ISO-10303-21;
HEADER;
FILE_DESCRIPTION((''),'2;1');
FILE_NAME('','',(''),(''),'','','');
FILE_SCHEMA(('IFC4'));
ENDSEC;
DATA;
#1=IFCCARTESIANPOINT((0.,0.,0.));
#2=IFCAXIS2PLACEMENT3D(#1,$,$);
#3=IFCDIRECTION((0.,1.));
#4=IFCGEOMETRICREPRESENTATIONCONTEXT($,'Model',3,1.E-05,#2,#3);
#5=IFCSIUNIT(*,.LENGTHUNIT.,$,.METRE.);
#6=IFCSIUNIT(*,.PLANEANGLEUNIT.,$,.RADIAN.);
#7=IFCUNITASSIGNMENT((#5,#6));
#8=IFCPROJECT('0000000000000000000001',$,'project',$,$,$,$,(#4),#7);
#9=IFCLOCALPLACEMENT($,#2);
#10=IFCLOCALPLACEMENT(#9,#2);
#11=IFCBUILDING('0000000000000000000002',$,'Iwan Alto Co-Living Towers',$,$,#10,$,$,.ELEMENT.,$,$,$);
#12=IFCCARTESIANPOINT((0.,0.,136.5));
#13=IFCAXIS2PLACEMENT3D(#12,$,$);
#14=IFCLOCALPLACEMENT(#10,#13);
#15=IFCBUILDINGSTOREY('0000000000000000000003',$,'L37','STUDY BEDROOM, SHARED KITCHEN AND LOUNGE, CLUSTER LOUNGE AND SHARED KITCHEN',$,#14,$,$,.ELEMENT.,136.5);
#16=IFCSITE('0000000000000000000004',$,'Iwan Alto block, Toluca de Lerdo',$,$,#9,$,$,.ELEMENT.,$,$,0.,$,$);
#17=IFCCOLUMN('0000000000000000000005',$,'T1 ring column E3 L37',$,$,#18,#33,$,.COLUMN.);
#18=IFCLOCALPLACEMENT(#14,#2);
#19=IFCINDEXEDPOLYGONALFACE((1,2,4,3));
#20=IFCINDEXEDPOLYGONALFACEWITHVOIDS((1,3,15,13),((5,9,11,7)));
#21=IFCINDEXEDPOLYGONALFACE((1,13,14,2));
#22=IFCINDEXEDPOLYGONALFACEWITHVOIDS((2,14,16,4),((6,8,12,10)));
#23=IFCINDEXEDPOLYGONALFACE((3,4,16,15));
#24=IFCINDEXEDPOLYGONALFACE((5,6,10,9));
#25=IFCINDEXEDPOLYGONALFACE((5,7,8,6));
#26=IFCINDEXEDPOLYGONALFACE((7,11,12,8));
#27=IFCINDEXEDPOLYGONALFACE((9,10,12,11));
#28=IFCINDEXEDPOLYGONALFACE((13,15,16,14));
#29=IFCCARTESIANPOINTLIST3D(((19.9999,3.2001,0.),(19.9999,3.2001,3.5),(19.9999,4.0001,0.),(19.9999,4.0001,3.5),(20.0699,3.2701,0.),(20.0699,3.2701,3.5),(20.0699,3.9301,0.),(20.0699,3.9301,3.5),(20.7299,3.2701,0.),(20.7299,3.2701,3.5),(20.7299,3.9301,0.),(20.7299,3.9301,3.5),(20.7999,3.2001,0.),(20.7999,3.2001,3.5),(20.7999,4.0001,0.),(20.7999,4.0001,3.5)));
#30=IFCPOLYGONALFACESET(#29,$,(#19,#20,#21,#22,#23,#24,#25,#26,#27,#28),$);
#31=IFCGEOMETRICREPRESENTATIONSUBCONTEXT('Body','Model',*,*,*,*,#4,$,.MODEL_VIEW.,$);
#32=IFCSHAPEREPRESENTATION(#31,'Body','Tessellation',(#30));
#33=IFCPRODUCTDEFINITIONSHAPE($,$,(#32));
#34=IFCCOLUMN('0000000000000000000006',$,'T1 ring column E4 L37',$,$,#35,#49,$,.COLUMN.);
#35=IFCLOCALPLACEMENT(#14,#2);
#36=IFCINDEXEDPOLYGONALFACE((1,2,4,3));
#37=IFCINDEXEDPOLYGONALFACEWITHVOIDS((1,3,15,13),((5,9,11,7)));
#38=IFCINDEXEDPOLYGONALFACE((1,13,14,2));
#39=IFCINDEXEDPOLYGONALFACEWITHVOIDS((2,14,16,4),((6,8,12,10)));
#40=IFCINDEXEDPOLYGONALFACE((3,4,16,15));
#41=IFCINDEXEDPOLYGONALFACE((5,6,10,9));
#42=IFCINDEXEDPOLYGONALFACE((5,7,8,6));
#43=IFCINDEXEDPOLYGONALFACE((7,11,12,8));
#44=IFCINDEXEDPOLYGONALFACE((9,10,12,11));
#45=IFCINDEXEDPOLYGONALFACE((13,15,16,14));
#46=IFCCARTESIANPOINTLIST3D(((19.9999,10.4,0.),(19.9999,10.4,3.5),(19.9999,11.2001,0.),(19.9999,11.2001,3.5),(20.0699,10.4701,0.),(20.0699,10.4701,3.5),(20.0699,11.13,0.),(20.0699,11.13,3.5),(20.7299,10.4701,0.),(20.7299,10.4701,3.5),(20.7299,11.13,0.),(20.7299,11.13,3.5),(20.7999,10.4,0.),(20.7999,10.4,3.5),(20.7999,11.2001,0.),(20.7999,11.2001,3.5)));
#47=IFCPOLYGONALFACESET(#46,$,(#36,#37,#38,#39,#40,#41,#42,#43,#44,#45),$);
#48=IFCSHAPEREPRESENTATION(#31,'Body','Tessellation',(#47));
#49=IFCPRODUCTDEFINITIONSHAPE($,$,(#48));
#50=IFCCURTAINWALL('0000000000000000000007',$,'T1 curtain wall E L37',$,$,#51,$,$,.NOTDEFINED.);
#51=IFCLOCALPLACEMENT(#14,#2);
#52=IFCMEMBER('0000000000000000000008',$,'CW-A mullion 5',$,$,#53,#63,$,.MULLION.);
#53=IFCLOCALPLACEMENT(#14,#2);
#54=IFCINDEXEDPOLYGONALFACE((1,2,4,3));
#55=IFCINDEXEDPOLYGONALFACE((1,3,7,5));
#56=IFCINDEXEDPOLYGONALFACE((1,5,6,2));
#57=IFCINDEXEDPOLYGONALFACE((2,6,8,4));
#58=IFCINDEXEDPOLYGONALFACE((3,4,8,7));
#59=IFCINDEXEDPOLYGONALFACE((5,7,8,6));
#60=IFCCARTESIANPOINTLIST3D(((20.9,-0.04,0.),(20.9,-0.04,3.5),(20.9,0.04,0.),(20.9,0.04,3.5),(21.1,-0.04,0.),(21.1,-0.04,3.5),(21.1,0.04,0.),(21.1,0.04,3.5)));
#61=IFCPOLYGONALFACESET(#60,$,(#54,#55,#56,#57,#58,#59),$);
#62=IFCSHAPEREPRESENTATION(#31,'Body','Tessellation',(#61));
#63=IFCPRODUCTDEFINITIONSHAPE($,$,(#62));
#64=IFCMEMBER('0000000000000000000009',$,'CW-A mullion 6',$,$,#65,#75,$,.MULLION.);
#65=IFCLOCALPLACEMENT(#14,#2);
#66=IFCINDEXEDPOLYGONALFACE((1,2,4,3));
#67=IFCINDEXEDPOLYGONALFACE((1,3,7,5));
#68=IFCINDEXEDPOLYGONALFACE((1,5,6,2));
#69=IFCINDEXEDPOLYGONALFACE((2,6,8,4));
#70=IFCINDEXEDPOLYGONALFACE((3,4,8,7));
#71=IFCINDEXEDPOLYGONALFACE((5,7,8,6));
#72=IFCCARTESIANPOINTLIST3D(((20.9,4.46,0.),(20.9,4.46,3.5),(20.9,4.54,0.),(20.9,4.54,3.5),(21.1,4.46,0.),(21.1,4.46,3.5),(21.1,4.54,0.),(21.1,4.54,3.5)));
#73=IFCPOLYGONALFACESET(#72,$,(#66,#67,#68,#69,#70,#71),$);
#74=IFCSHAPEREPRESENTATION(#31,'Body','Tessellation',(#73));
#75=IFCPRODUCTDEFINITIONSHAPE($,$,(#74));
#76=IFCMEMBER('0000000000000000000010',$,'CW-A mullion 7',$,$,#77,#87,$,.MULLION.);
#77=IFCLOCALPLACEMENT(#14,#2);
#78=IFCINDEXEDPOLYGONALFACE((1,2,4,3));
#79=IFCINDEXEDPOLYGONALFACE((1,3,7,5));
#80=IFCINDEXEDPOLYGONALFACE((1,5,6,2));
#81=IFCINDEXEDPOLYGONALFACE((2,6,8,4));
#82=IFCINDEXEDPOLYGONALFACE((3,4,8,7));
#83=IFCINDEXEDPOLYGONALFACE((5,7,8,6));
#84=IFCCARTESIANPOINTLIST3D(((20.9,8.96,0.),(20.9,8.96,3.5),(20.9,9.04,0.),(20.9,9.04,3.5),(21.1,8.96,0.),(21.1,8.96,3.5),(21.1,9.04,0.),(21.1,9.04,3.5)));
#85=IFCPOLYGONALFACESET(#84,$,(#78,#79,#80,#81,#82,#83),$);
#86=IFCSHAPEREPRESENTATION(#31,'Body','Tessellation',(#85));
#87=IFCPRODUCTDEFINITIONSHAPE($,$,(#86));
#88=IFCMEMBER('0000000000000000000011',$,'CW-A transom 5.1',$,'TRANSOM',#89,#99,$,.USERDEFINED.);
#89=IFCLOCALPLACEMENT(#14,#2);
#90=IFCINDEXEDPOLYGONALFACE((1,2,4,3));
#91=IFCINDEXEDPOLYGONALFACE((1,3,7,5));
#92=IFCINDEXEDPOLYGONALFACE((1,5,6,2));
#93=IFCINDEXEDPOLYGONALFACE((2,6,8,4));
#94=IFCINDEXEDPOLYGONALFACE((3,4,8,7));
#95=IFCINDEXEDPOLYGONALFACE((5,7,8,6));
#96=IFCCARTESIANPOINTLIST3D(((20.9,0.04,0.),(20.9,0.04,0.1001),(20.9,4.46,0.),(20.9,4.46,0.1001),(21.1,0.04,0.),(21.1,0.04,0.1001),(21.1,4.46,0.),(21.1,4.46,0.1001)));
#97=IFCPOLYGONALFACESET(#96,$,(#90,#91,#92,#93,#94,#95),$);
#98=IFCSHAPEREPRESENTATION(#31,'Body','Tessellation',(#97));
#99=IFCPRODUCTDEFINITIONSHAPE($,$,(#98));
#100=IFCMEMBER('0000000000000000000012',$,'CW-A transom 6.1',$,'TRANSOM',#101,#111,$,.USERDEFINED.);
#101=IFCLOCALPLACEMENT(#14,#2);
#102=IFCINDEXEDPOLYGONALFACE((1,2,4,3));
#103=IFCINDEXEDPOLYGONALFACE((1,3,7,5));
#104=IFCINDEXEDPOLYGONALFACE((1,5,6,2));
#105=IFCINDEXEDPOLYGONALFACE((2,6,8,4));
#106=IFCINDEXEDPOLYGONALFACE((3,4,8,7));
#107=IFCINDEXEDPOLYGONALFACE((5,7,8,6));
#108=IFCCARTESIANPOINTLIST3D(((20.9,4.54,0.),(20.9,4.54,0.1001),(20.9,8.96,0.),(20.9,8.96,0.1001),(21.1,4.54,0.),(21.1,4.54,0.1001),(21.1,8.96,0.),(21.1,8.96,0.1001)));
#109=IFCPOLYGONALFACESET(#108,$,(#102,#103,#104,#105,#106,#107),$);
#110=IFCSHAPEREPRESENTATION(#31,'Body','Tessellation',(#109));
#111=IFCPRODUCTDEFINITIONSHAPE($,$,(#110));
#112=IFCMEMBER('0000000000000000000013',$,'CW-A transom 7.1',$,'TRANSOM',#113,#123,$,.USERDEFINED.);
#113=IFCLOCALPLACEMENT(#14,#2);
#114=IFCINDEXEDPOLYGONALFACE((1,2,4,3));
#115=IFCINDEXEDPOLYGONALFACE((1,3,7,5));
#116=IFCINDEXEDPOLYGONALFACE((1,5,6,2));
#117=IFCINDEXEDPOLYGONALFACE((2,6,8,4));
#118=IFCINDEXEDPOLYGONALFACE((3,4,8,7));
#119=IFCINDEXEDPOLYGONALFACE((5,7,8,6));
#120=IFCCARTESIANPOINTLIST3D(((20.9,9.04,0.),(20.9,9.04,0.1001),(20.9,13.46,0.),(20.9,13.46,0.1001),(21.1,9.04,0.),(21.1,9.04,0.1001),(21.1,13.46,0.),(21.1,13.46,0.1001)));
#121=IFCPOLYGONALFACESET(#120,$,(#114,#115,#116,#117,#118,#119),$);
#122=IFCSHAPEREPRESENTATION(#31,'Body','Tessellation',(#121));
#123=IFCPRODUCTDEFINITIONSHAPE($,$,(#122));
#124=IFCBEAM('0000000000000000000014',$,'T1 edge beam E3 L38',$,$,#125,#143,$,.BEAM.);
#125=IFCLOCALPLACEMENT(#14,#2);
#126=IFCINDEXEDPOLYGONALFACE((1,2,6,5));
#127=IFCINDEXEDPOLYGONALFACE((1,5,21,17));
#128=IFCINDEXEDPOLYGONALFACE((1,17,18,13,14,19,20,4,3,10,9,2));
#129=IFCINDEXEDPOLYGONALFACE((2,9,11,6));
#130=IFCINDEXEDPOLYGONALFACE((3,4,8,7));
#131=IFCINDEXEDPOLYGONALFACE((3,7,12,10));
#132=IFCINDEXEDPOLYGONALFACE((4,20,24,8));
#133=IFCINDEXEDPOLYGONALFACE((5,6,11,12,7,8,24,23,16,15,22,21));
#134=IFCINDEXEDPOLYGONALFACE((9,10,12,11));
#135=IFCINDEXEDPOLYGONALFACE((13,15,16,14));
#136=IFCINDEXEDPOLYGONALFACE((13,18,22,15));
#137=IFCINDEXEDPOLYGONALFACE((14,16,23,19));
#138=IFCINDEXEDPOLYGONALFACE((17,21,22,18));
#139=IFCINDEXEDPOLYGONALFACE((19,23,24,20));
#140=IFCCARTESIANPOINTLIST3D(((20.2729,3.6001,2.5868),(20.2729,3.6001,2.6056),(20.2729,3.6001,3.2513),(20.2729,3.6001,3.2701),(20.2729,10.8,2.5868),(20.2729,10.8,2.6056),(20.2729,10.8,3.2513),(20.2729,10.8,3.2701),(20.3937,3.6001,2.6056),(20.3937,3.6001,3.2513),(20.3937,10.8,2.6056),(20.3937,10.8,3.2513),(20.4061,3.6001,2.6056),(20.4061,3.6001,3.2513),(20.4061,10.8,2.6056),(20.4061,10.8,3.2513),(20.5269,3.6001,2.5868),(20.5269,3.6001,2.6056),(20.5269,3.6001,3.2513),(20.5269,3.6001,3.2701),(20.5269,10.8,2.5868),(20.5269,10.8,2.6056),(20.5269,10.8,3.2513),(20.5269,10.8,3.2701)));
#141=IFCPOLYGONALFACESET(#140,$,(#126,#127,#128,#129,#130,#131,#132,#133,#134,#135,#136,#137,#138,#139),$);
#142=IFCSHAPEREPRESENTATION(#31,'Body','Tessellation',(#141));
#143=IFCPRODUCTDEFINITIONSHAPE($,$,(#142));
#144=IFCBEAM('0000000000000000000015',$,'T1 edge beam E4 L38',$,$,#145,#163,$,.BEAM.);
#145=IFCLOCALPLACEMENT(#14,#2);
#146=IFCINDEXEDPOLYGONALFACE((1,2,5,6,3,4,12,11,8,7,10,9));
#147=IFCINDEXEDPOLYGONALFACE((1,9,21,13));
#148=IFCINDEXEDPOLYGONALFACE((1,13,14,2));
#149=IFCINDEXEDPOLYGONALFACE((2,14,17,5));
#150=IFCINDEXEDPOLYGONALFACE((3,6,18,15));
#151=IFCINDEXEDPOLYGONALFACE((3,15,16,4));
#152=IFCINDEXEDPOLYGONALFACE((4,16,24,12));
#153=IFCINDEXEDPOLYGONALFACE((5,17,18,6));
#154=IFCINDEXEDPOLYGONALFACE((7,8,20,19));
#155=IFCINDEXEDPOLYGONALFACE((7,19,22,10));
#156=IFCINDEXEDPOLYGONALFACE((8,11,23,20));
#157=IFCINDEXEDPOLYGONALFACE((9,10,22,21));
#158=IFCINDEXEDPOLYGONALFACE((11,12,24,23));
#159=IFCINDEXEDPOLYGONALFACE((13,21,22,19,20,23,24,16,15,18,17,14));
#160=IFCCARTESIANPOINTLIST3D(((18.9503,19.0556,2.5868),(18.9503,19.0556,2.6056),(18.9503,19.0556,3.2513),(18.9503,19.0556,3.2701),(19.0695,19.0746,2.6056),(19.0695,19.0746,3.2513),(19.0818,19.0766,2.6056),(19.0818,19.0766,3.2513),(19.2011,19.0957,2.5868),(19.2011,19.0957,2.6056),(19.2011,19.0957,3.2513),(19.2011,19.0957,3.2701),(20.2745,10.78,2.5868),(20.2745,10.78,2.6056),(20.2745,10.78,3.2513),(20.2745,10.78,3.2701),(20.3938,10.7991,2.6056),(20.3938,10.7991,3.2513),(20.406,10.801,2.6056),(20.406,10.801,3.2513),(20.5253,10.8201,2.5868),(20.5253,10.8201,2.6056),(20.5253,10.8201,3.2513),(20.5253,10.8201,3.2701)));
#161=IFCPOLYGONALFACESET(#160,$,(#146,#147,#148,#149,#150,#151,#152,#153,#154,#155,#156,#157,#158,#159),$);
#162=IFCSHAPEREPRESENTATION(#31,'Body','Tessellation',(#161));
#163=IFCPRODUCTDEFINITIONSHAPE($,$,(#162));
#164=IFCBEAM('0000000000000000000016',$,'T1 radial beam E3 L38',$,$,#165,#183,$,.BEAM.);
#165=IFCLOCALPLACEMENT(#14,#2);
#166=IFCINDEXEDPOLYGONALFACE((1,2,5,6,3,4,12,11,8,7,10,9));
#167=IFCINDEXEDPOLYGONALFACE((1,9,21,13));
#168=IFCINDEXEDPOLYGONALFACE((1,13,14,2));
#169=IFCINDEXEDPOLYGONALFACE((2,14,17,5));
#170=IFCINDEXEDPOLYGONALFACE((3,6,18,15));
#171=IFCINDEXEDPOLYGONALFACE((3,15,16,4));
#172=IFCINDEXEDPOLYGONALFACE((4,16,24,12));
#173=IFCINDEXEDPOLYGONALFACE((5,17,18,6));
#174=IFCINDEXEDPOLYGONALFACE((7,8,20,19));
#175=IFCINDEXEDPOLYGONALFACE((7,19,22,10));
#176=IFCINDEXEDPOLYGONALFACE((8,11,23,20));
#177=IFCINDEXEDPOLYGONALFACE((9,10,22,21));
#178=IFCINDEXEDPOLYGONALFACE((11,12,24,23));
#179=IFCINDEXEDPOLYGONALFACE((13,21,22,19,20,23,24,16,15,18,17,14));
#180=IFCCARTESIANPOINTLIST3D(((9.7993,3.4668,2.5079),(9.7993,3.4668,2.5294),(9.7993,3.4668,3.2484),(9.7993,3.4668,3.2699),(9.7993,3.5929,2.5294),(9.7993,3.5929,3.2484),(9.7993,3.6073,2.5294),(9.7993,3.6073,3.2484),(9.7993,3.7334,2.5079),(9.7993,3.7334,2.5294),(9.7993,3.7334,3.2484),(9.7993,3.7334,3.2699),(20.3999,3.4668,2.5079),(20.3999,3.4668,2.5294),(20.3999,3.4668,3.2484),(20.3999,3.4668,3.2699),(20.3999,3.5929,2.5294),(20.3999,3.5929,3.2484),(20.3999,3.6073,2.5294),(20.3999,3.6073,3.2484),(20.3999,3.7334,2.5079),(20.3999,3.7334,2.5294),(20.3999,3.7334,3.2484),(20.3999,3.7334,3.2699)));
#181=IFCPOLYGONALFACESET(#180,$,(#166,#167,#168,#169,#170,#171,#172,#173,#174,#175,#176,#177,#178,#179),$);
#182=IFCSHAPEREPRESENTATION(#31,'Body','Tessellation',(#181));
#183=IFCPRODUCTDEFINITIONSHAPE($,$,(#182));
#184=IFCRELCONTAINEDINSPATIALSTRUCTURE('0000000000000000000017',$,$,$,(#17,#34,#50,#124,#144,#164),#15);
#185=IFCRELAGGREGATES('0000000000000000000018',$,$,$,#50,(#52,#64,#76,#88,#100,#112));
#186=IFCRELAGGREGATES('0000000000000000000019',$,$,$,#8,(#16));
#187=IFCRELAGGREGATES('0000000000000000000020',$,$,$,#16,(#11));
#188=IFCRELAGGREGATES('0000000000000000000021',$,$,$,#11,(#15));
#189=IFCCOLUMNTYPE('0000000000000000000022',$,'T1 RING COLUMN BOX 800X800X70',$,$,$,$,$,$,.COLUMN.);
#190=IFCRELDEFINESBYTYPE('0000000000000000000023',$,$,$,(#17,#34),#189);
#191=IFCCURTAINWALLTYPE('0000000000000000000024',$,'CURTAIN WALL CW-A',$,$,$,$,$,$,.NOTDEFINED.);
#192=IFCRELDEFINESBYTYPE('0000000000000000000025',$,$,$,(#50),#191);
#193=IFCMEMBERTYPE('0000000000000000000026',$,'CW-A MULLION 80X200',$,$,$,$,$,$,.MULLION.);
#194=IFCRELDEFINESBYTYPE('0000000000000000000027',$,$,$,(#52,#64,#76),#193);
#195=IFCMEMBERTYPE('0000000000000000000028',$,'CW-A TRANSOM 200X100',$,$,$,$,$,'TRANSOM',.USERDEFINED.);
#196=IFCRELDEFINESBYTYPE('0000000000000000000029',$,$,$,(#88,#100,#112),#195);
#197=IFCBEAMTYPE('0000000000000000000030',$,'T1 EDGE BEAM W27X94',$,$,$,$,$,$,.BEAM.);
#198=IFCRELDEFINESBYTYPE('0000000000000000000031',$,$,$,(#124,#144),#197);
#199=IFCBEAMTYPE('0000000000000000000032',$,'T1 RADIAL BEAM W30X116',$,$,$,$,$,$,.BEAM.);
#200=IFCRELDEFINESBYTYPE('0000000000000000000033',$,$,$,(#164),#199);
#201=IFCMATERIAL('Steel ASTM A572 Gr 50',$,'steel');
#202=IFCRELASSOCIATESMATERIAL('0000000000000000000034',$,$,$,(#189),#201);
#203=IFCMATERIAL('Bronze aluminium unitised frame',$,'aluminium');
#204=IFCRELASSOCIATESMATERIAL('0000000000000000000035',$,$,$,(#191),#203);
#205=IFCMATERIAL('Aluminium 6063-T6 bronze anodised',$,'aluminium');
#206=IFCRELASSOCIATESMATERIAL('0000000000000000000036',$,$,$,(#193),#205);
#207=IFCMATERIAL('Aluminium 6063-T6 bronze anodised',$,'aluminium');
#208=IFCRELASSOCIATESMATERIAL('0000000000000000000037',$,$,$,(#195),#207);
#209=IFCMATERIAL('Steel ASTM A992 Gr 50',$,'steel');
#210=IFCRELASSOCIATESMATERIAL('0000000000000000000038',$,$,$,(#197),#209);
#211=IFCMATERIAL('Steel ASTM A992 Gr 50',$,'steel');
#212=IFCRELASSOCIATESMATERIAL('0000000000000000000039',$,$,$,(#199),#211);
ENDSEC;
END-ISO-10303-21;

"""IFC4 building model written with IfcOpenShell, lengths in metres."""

from ifc_helpers import new_model, si_unit, direction, frame, origin, origin_2d, place, context, subcontext, project, spatial, rectangle, hollow_rectangle, i_section, extrude, material, material_profile, profile_set, type_object, element, aggregate, save


model = new_model("IFC4")

# Units and contexts
model_context = context("Model", 3, precision=1e-05, world=origin(), true_north=direction((0.0, 1.0)))
body_context = subcontext(model_context, "Body", "Model", "MODEL_VIEW")
ifc_project = project(units=[si_unit("LENGTHUNIT", "METRE"), si_unit("PLANEANGLEUNIT", "RADIAN")], contexts=[model_context])

# Site, building, storey
site_placement = place(None, origin())
site = spatial("IfcSite", under=ifc_project, at=site_placement, Name="Iwan Alto block, Toluca de Lerdo", CompositionType="ELEMENT", RefElevation=0.0)
building_placement = place(site_placement, origin())
building = spatial("IfcBuilding", under=site, at=building_placement, Name="Iwan Alto Co-Living Towers", CompositionType="ELEMENT")
storey_placement = place(building_placement, frame((0.0, 0.0, 136.5)))
storey = spatial("IfcBuildingStorey", under=building, at=storey_placement, Name="L37", Description="STUDY BEDROOM, SHARED KITCHEN AND LOUNGE, CLUSTER LOUNGE AND SHARED KITCHEN", CompositionType="ELEMENT", Elevation=136.5)

# Columns
ifc_material_1 = material(Name="Steel ASTM A572 Gr 50", Category="steel")
ifc_material_profile_1 = material_profile(ifc_material_1, hollow_rectangle(XDim=0.8, YDim=0.8, WallThickness=0.0701, at=origin_2d()), Name="BOX 800X800X70")
ifc_profile_set_1 = profile_set([ifc_material_profile_1], Name="Steel ASTM A572 Gr 50")
column_type = type_object("IfcColumnType", Name="T1 RING COLUMN BOX 800X800X70", PredefinedType="COLUMN", material=ifc_profile_set_1)
for number, where, z_axis, x_axis, name in (
    (1, (20.3999, 3.6001, 0.0), (0.0, 0.0, 1.0), (1.0, 0.0, 0.0), "T1 ring column E3 L37"),
    (2, (20.3999, 10.8, 0.0), (0.0, 0.0, 1.0), (1.0, 0.0, 0.0), "T1 ring column E4 L37"),
):
    element("IfcColumn", number, at=place(storey_placement, frame(where, z_axis=z_axis, x_axis=x_axis)), inside=storey, type_object=column_type, Name=name, PredefinedType="COLUMN", context=body_context, shape_type="SweptSolid", body=[
        extrude(hollow_rectangle(XDim=0.8, YDim=0.8, WallThickness=0.0701, at=origin_2d()), origin(), (0.0, 0.0, 1.0), 3.5),
    ])

# Curtain wall, members
ifc_material_2 = material(Name="Bronze aluminium unitised frame", Category="aluminium")
curtain_wall_type = type_object("IfcCurtainWallType", Name="CURTAIN WALL CW-A", PredefinedType="NOTDEFINED", material=ifc_material_2)
curtain_wall_placement = place(storey_placement, origin())
curtain_wall = element("IfcCurtainWall", 3, at=curtain_wall_placement, inside=storey, type_object=curtain_wall_type, Name="T1 curtain wall E L37", PredefinedType="NOTDEFINED")
ifc_material_3 = material(Name="Aluminium 6063-T6 bronze anodised", Category="aluminium")
ifc_material_profile_2 = material_profile(ifc_material_3, rectangle(XDim=0.2, YDim=0.0801, at=origin_2d()), Name="AL 80X200")
ifc_profile_set_2 = profile_set([ifc_material_profile_2], Name="Aluminium 6063-T6 bronze anodised")
member_type_1 = type_object("IfcMemberType", Name="CW-A MULLION 80X200", PredefinedType="MULLION", material=ifc_profile_set_2)
member_1_placement = place(storey_placement, frame((21.0, 0.0, 0.0), z_axis=(0.0, 0.0, 1.0), x_axis=(-1.0, 0.0, 0.0)))
member_1 = element("IfcMember", 4, at=member_1_placement, type_object=member_type_1, Name="CW-A mullion 5", PredefinedType="MULLION", context=body_context, shape_type="SweptSolid", body=[
    extrude(rectangle(XDim=0.2, YDim=0.0801, at=origin_2d()), origin(), (0.0, 0.0, 1.0), 3.5),
])
member_2_placement = place(storey_placement, frame((21.0, 4.5, 0.0), z_axis=(0.0, 0.0, 1.0), x_axis=(-1.0, 0.0, 0.0)))
member_2 = element("IfcMember", 5, at=member_2_placement, type_object=member_type_1, Name="CW-A mullion 6", PredefinedType="MULLION", context=body_context, shape_type="SweptSolid", body=[
    extrude(rectangle(XDim=0.2, YDim=0.0801, at=origin_2d()), origin(), (0.0, 0.0, 1.0), 3.5),
])
member_3_placement = place(storey_placement, frame((21.0, 9.0, 0.0), z_axis=(0.0, 0.0, 1.0), x_axis=(-1.0, 0.0, 0.0)))
member_3 = element("IfcMember", 6, at=member_3_placement, type_object=member_type_1, Name="CW-A mullion 7", PredefinedType="MULLION", context=body_context, shape_type="SweptSolid", body=[
    extrude(rectangle(XDim=0.2, YDim=0.0801, at=origin_2d()), origin(), (0.0, 0.0, 1.0), 3.5),
])
ifc_material_4 = material(Name="Aluminium 6063-T6 bronze anodised", Category="aluminium")
ifc_material_profile_3 = material_profile(ifc_material_4, rectangle(XDim=0.2, YDim=0.1001, at=origin_2d()), Name="AL 200X100")
ifc_profile_set_3 = profile_set([ifc_material_profile_3], Name="Aluminium 6063-T6 bronze anodised")
member_type_2 = type_object("IfcMemberType", Name="CW-A TRANSOM 200X100", ElementType="TRANSOM", PredefinedType="USERDEFINED", material=ifc_profile_set_3)
member_4_placement = place(storey_placement, frame((21.0, 0.04, 0.05), z_axis=(0.0, 1.0, 0.0), x_axis=(-1.0, 0.0, 0.0)))
member_4 = element("IfcMember", 7, at=member_4_placement, type_object=member_type_2, Name="CW-A transom 5.1", ObjectType="TRANSOM", PredefinedType="USERDEFINED", context=body_context, shape_type="SweptSolid", body=[
    extrude(rectangle(XDim=0.2, YDim=0.1001, at=origin_2d()), origin(), (0.0, 0.0, 1.0), 4.4199),
])
member_5_placement = place(storey_placement, frame((21.0, 4.54, 0.05), z_axis=(0.0, 1.0, 0.0), x_axis=(-1.0, 0.0, 0.0)))
member_5 = element("IfcMember", 8, at=member_5_placement, type_object=member_type_2, Name="CW-A transom 6.1", ObjectType="TRANSOM", PredefinedType="USERDEFINED", context=body_context, shape_type="SweptSolid", body=[
    extrude(rectangle(XDim=0.2, YDim=0.1001, at=origin_2d()), origin(), (0.0, 0.0, 1.0), 4.4199),
])
member_6_placement = place(storey_placement, frame((21.0, 9.04, 0.05), z_axis=(0.0, 1.0, 0.0), x_axis=(-1.0, 0.0, 0.0)))
member_6 = element("IfcMember", 9, at=member_6_placement, type_object=member_type_2, Name="CW-A transom 7.1", ObjectType="TRANSOM", PredefinedType="USERDEFINED", context=body_context, shape_type="SweptSolid", body=[
    extrude(rectangle(XDim=0.2, YDim=0.1001, at=origin_2d()), origin(), (0.0, 0.0, 1.0), 4.4199),
])

# Beams
ifc_material_5 = material(Name="Steel ASTM A992 Gr 50", Category="steel")
ifc_material_profile_4 = material_profile(ifc_material_5, i_section(OverallWidth=0.2539, OverallDepth=0.6833, WebThickness=0.0125, FlangeThickness=0.0188, at=origin_2d()), Name="W27X94")
ifc_profile_set_4 = profile_set([ifc_material_profile_4], Name="Steel ASTM A992 Gr 50")
beam_type_1 = type_object("IfcBeamType", Name="T1 EDGE BEAM W27X94", PredefinedType="BEAM", material=ifc_profile_set_4)
beam_1_placement = place(storey_placement, frame((20.3999, 3.6001, 2.9285), z_axis=(0.0, 1.0, 0.0), x_axis=(-1.0, 0.0, 0.0)))
element("IfcBeam", 10, at=beam_1_placement, inside=storey, type_object=beam_type_1, Name="T1 edge beam E3 L38", PredefinedType="BEAM", context=body_context, shape_type="SweptSolid", body=[
    extrude(i_section(OverallWidth=0.2539, OverallDepth=0.6833, WebThickness=0.0125, FlangeThickness=0.0188, at=origin_2d()), origin(), (0.0, 0.0, 1.0), 7.2),
])
beam_2_placement = place(storey_placement, frame((20.3999, 10.8, 2.9285), z_axis=(-0.158004, 0.987438, 0.0), x_axis=(-0.987438, -0.158004, 0.0)))
element("IfcBeam", 11, at=beam_2_placement, inside=storey, type_object=beam_type_1, Name="T1 edge beam E4 L38", PredefinedType="BEAM", context=body_context, shape_type="SweptSolid", body=[
    extrude(i_section(OverallWidth=0.2539, OverallDepth=0.6833, WebThickness=0.0125, FlangeThickness=0.0188, at=origin_2d()), origin(), (0.0, 0.0, 1.0), 8.3809),
])
ifc_material_6 = material(Name="Steel ASTM A992 Gr 50", Category="steel")
ifc_material_profile_5 = material_profile(ifc_material_6, i_section(OverallWidth=0.2666, OverallDepth=0.762, WebThickness=0.0144, FlangeThickness=0.0215, at=origin_2d()), Name="W30X116")
ifc_profile_set_5 = profile_set([ifc_material_profile_5], Name="Steel ASTM A992 Gr 50")
beam_type_2 = type_object("IfcBeamType", Name="T1 RADIAL BEAM W30X116", PredefinedType="BEAM", material=ifc_profile_set_5)
beam_3_placement = place(storey_placement, frame((20.3999, 3.6001, 2.8889), z_axis=(-1.0, 0.0, 0.0), x_axis=(0.0, -1.0, 0.0)))
element("IfcBeam", 12, at=beam_3_placement, inside=storey, type_object=beam_type_2, Name="T1 radial beam E3 L38", PredefinedType="BEAM", context=body_context, shape_type="SweptSolid", body=[
    extrude(i_section(OverallWidth=0.2666, OverallDepth=0.762, WebThickness=0.0144, FlangeThickness=0.0215, at=origin_2d()), origin(), (0.0, 0.0, 1.0), 10.6006),
])

aggregate(curtain_wall, [member_1, member_2, member_3, member_4, member_5, member_6])

save(model, "model.ifc")
